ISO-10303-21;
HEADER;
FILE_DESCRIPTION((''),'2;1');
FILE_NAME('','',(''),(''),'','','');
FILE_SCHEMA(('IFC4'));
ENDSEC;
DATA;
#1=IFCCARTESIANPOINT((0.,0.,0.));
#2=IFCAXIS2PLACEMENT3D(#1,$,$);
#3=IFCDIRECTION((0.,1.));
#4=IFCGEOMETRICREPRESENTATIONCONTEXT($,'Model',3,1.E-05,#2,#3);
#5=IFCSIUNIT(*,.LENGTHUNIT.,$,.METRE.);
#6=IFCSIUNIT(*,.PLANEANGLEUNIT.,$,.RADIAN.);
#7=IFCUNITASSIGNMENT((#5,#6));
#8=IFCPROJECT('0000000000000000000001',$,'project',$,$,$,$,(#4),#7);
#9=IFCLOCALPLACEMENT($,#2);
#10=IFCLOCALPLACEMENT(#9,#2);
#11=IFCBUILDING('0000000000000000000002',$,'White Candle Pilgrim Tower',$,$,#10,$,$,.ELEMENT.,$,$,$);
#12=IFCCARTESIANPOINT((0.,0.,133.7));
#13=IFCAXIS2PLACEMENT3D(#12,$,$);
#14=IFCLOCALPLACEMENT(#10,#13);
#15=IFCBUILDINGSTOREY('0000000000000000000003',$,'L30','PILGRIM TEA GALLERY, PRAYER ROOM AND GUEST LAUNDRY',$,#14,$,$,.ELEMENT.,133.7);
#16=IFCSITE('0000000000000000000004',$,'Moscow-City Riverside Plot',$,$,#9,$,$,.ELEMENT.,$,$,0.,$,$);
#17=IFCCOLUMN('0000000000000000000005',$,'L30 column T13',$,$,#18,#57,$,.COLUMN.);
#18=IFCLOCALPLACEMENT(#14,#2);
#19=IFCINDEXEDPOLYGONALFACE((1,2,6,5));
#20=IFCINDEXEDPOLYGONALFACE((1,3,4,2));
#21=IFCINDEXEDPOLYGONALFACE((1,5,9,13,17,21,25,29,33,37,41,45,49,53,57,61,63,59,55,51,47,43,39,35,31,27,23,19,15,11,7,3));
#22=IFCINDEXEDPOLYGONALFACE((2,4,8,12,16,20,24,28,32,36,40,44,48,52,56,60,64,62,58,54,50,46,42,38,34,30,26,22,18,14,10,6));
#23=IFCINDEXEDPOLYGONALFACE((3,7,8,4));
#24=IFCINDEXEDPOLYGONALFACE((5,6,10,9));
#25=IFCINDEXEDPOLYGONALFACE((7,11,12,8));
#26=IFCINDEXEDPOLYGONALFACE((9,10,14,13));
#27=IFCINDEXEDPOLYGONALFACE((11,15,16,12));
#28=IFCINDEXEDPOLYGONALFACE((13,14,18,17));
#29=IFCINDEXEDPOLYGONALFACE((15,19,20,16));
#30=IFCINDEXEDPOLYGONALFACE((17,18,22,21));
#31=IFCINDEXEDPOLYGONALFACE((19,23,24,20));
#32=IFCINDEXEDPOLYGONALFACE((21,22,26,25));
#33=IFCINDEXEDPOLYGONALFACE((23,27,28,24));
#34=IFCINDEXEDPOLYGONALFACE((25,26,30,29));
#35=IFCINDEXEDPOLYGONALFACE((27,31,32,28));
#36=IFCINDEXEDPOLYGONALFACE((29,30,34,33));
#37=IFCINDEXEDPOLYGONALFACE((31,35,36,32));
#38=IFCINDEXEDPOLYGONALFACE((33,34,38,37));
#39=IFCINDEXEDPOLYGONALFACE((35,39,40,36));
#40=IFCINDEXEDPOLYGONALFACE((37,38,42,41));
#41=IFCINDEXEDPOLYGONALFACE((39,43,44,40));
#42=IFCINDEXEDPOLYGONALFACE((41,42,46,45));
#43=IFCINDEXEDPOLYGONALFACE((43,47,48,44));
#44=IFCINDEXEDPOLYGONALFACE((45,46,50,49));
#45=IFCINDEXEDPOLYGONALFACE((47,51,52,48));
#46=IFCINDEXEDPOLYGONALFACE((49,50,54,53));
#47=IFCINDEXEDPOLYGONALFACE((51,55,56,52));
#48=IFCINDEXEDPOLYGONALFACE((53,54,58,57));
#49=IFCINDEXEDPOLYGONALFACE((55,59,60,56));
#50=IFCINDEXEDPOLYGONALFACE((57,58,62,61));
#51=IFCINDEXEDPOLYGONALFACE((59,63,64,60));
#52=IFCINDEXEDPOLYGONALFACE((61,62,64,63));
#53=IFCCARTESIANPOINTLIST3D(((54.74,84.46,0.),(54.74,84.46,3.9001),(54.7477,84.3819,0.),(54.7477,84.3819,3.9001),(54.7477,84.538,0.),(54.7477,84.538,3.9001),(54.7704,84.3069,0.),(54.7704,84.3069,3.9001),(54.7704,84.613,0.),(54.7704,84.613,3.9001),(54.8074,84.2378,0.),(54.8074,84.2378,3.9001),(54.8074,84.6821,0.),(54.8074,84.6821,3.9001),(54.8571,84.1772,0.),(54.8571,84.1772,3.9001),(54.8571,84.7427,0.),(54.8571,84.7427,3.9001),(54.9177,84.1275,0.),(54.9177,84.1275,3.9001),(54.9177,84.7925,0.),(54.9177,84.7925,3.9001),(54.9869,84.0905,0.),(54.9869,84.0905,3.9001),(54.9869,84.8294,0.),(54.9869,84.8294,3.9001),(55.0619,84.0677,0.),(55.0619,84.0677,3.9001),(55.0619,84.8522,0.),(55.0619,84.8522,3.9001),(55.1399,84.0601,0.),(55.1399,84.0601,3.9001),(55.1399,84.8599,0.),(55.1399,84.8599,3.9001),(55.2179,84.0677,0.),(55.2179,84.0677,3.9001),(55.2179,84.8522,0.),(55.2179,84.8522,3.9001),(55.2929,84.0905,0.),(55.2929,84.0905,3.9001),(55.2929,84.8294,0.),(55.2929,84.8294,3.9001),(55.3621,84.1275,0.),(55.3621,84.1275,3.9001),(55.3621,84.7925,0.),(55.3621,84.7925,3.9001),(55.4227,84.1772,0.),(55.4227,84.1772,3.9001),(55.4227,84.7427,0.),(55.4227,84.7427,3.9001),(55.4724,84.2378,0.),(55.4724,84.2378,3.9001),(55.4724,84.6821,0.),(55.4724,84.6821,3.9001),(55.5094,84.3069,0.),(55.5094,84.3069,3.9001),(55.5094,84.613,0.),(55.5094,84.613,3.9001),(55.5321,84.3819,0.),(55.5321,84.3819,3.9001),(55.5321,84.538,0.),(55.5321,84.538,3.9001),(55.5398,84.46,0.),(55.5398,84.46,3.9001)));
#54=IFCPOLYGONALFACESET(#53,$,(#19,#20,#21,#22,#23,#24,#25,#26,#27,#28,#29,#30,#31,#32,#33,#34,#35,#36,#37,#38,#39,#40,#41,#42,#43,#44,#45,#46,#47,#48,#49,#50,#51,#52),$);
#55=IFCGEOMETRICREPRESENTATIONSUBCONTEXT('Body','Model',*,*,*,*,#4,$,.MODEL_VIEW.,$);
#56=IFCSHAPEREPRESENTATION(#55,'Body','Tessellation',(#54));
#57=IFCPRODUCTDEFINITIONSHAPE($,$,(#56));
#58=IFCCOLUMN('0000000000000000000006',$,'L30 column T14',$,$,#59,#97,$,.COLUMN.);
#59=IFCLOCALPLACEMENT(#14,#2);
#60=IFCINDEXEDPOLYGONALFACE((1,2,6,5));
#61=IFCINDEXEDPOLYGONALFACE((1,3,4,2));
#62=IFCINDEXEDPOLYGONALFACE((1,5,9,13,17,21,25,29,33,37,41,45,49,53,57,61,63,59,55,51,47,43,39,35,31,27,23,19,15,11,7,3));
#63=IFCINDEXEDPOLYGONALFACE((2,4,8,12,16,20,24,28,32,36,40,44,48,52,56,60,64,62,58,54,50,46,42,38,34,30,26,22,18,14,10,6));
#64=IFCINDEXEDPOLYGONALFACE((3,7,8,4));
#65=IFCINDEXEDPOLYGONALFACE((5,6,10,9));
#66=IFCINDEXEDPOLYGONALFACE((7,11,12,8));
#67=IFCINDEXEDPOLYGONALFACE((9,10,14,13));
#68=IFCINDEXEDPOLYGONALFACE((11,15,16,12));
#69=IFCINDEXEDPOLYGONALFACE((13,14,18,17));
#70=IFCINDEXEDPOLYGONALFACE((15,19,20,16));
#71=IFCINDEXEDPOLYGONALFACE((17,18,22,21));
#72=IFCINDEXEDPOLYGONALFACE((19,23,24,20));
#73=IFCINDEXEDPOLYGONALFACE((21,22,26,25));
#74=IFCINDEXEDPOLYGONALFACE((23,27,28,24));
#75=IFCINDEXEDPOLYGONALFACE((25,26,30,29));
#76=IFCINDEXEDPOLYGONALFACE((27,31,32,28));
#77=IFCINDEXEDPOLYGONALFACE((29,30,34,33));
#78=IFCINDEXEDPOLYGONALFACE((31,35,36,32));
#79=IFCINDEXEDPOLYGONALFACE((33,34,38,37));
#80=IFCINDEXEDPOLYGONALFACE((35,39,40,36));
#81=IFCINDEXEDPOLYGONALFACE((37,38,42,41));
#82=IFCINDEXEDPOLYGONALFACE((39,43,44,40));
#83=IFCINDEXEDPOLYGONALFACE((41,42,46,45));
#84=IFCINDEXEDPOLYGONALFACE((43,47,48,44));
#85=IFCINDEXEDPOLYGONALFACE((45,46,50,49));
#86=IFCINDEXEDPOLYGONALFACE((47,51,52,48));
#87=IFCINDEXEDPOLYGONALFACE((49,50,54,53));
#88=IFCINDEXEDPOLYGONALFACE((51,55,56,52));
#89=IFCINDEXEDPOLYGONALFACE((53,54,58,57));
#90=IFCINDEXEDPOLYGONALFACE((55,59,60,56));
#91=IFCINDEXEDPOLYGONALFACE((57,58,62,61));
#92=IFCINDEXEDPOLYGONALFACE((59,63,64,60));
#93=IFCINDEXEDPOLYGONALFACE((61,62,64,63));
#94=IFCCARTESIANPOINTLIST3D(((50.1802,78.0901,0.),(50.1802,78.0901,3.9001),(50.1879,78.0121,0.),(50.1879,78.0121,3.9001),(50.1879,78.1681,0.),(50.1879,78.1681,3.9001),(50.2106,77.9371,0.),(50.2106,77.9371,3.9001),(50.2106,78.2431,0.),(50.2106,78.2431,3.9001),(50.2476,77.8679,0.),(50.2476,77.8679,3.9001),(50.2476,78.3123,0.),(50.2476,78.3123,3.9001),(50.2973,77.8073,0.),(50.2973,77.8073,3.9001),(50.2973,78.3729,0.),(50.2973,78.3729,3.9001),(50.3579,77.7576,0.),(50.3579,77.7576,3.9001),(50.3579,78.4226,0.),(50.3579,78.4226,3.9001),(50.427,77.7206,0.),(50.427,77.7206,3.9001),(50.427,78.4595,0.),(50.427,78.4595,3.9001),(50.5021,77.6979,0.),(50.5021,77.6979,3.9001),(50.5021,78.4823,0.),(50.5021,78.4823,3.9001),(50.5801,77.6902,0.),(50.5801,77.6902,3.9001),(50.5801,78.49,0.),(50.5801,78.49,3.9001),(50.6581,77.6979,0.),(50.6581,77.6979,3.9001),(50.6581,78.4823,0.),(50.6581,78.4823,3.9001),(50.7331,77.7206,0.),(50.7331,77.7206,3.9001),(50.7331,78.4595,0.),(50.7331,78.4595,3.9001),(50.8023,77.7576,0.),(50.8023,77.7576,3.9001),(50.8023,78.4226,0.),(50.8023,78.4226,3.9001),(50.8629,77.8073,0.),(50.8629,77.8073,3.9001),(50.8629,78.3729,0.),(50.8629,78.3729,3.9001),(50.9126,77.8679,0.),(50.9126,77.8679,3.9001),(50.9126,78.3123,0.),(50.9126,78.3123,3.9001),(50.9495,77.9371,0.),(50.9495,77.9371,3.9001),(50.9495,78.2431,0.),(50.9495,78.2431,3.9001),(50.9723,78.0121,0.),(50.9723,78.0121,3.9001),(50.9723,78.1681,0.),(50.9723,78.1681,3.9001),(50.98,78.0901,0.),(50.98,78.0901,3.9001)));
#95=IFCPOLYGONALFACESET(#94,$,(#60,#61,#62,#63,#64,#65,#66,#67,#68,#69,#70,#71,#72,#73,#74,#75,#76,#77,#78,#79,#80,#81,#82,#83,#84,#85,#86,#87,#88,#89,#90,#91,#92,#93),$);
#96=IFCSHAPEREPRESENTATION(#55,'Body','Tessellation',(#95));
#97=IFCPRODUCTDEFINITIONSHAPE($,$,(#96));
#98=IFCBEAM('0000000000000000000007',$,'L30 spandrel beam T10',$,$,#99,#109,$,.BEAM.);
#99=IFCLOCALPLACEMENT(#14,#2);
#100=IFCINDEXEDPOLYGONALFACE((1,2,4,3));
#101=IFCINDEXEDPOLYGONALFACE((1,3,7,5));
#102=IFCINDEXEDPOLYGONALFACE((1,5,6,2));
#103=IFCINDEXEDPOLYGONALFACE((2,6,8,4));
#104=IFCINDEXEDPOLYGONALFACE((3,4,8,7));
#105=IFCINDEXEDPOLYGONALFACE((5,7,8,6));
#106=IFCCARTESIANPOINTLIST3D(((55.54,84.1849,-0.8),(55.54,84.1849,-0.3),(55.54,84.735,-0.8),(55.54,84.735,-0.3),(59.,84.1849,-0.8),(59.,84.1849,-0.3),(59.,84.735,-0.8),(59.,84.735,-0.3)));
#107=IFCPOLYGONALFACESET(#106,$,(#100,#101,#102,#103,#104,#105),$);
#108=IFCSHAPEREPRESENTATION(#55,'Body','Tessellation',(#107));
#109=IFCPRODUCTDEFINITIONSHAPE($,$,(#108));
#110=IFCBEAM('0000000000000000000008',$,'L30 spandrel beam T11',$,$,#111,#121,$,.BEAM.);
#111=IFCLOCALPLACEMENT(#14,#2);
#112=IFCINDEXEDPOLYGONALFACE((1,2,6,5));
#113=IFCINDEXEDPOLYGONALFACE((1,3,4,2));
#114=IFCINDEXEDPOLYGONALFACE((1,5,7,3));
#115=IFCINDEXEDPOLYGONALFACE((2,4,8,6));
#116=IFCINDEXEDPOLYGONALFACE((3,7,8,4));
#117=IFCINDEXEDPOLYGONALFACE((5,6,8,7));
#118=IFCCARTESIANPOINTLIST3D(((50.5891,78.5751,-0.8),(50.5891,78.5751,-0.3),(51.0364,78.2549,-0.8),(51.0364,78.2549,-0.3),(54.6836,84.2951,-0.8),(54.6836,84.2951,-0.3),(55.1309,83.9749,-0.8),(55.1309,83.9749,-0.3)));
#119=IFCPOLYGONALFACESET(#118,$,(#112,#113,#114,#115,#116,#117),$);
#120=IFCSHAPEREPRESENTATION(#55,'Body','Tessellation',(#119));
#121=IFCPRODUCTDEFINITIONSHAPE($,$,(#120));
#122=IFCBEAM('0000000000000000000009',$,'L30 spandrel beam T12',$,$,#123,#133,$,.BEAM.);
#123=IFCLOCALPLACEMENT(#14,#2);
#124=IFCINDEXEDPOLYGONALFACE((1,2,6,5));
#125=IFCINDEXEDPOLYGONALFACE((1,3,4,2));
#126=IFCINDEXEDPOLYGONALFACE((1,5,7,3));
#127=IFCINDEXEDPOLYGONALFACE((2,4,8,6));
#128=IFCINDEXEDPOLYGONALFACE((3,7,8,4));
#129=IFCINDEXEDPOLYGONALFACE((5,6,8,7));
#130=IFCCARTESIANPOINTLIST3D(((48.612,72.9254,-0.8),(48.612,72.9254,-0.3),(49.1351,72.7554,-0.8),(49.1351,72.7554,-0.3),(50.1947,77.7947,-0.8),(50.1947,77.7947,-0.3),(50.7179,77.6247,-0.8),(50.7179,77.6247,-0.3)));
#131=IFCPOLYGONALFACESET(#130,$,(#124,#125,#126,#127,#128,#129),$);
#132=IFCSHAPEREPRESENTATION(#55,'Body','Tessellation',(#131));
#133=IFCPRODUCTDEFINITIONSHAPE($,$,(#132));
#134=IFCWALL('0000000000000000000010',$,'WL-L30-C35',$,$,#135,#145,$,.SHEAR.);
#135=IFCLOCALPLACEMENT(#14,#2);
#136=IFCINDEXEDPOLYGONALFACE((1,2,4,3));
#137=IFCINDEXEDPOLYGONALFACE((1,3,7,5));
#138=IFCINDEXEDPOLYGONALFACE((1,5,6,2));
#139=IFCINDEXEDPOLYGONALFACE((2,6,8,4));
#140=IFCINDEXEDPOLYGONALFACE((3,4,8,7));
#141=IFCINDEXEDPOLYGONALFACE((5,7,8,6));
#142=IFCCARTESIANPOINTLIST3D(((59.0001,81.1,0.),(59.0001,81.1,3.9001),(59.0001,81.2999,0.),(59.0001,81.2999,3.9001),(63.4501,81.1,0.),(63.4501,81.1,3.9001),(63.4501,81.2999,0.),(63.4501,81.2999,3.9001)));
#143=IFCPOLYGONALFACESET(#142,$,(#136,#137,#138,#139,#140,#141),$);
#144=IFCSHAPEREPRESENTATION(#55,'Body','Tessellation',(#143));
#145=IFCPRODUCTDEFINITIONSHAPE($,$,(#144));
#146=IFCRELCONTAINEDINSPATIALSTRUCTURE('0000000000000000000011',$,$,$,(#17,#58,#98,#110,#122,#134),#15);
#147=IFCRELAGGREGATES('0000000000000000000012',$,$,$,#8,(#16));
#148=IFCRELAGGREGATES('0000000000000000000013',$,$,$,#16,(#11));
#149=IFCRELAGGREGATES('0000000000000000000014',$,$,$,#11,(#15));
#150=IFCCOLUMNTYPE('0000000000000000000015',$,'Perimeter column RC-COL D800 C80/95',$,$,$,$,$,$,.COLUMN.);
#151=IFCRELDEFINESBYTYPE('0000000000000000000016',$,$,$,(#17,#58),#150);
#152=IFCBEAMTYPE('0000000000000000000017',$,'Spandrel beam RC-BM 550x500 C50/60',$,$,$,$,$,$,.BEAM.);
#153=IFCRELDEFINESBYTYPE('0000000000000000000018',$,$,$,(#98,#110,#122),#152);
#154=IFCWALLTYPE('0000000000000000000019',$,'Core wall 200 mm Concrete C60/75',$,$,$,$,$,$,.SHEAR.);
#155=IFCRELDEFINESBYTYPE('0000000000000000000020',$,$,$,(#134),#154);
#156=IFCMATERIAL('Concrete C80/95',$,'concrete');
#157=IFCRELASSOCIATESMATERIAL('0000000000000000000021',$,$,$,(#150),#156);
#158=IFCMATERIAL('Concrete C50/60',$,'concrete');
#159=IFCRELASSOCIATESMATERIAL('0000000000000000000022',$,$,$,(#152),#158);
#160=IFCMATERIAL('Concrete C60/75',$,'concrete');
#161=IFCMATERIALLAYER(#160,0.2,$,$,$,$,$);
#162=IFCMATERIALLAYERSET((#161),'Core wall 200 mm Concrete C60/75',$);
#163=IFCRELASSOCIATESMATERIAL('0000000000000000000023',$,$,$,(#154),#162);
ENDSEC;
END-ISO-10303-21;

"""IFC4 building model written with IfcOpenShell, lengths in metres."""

from ifc_helpers import new_model, si_unit, direction, frame, frame_2d, origin, origin_2d, place, context, subcontext, project, spatial, rectangle, circle, extrude, material, layer, layer_set, material_profile, profile_set, type_object, element, save


model = new_model("IFC4")

# Units and contexts
model_context = context("Model", 3, precision=1e-05, world=origin(), true_north=direction((0.0, 1.0)))
body_context = subcontext(model_context, "Body", "Model", "MODEL_VIEW")
ifc_project = project(units=[si_unit("LENGTHUNIT", "METRE"), si_unit("PLANEANGLEUNIT", "RADIAN")], contexts=[model_context])

# Site, building, storey
site_placement = place(None, origin())
site = spatial("IfcSite", under=ifc_project, at=site_placement, Name="Moscow-City Riverside Plot", CompositionType="ELEMENT", RefElevation=0.0)
building_placement = place(site_placement, origin())
building = spatial("IfcBuilding", under=site, at=building_placement, Name="White Candle Pilgrim Tower", CompositionType="ELEMENT")
storey_placement = place(building_placement, frame((0.0, 0.0, 133.7)))
storey = spatial("IfcBuildingStorey", under=building, at=storey_placement, Name="L30", Description="PILGRIM TEA GALLERY, PRAYER ROOM AND GUEST LAUNDRY", CompositionType="ELEMENT", Elevation=133.7)

# Columns
ifc_material_1 = material(Name="Concrete C80/95", Category="concrete")
ifc_material_profile_1 = material_profile(ifc_material_1, circle(Radius=0.3999, at=origin_2d()), Name="RC-COL D800")
ifc_profile_set_1 = profile_set([ifc_material_profile_1], Name="Concrete C80/95")
column_type = type_object("IfcColumnType", Name="Perimeter column RC-COL D800 C80/95", PredefinedType="COLUMN", material=ifc_profile_set_1)
for number, where, z_axis, x_axis, name in (
    (1, (55.1399, 84.46, 0.0), (0.0, 0.0, 1.0), (1.0, 0.0, 0.0), "L30 column T13"),
    (2, (50.5801, 78.0901, 0.0), (0.0, 0.0, 1.0), (1.0, 0.0, 0.0), "L30 column T14"),
):
    element("IfcColumn", number, at=place(storey_placement, frame(where, z_axis=z_axis, x_axis=x_axis)), inside=storey, type_object=column_type, Name=name, PredefinedType="COLUMN", context=body_context, shape_type="SweptSolid", body=[
        extrude(circle(Radius=0.3999, at=origin_2d()), origin(), (0.0, 0.0, 1.0), 3.9001),
    ])

# Beams
ifc_material_2 = material(Name="Concrete C50/60", Category="concrete")
ifc_material_profile_2 = material_profile(ifc_material_2, rectangle(XDim=0.55, YDim=0.5, at=origin_2d()), Name="RC-BM 550x500")
ifc_profile_set_2 = profile_set([ifc_material_profile_2], Name="Concrete C50/60")
beam_type = type_object("IfcBeamType", Name="Spandrel beam RC-BM 550x500 C50/60", PredefinedType="BEAM", material=ifc_profile_set_2)
beam_1_placement = place(storey_placement, frame((55.54, 84.46, -0.55), z_axis=(1.0, 0.0, 0.0), x_axis=(0.0, 1.0, 0.0)))
element("IfcBeam", 3, at=beam_1_placement, inside=storey, type_object=beam_type, Name="L30 spandrel beam T10", PredefinedType="BEAM", context=body_context, shape_type="SweptSolid", body=[
    extrude(rectangle(XDim=0.55, YDim=0.5, at=origin_2d()), origin(), (0.0, 0.0, 1.0), 3.46),
])
beam_2_placement = place(storey_placement, frame((54.9072, 84.135, -0.55), z_axis=(-0.582065, -0.813142, 0.0), x_axis=(0.813142, -0.582065, 0.0)))
element("IfcBeam", 4, at=beam_2_placement, inside=storey, type_object=beam_type, Name="L30 spandrel beam T11", PredefinedType="BEAM", context=body_context, shape_type="SweptSolid", body=[
    extrude(rectangle(XDim=0.55, YDim=0.5, at=origin_2d()), origin(), (0.0, 0.0, 1.0), 7.0344),
])
beam_3_placement = place(storey_placement, frame((50.4563, 77.7097, -0.55), z_axis=(-0.309124, -0.951022, 0.0), x_axis=(0.951022, -0.309124, 0.0)))
element("IfcBeam", 5, at=beam_3_placement, inside=storey, type_object=beam_type, Name="L30 spandrel beam T12", PredefinedType="BEAM", context=body_context, shape_type="SweptSolid", body=[
    extrude(rectangle(XDim=0.55, YDim=0.5, at=origin_2d()), origin(), (0.0, 0.0, 1.0), 5.1201),
])

# Wall
ifc_material_3 = material(Name="Concrete C60/75", Category="concrete")
ifc_layer_1 = layer(ifc_material_3, 0.2)
ifc_layer_set_1 = layer_set([ifc_layer_1], Name="Core wall 200 mm Concrete C60/75")
wall_type_1 = type_object("IfcWallType", Name="Core wall 200 mm Concrete C60/75", PredefinedType="SHEAR", material=ifc_layer_set_1)
wall_1_placement = place(storey_placement, frame((59.0, 81.2, 0.0), z_axis=(0.0, 0.0, 1.0), x_axis=(1.0, 0.0, 0.0)))
element("IfcWall", 6, at=wall_1_placement, inside=storey, type_object=wall_type_1, Name="WL-L30-C35", PredefinedType="SHEAR", context=body_context, shape_type="SweptSolid", body=[
    extrude(rectangle(XDim=4.45, YDim=0.2, at=frame_2d((2.2251, 0.0))), origin(), (0.0, 0.0, 1.0), 3.9001),
])

save(model, "model.ifc")
